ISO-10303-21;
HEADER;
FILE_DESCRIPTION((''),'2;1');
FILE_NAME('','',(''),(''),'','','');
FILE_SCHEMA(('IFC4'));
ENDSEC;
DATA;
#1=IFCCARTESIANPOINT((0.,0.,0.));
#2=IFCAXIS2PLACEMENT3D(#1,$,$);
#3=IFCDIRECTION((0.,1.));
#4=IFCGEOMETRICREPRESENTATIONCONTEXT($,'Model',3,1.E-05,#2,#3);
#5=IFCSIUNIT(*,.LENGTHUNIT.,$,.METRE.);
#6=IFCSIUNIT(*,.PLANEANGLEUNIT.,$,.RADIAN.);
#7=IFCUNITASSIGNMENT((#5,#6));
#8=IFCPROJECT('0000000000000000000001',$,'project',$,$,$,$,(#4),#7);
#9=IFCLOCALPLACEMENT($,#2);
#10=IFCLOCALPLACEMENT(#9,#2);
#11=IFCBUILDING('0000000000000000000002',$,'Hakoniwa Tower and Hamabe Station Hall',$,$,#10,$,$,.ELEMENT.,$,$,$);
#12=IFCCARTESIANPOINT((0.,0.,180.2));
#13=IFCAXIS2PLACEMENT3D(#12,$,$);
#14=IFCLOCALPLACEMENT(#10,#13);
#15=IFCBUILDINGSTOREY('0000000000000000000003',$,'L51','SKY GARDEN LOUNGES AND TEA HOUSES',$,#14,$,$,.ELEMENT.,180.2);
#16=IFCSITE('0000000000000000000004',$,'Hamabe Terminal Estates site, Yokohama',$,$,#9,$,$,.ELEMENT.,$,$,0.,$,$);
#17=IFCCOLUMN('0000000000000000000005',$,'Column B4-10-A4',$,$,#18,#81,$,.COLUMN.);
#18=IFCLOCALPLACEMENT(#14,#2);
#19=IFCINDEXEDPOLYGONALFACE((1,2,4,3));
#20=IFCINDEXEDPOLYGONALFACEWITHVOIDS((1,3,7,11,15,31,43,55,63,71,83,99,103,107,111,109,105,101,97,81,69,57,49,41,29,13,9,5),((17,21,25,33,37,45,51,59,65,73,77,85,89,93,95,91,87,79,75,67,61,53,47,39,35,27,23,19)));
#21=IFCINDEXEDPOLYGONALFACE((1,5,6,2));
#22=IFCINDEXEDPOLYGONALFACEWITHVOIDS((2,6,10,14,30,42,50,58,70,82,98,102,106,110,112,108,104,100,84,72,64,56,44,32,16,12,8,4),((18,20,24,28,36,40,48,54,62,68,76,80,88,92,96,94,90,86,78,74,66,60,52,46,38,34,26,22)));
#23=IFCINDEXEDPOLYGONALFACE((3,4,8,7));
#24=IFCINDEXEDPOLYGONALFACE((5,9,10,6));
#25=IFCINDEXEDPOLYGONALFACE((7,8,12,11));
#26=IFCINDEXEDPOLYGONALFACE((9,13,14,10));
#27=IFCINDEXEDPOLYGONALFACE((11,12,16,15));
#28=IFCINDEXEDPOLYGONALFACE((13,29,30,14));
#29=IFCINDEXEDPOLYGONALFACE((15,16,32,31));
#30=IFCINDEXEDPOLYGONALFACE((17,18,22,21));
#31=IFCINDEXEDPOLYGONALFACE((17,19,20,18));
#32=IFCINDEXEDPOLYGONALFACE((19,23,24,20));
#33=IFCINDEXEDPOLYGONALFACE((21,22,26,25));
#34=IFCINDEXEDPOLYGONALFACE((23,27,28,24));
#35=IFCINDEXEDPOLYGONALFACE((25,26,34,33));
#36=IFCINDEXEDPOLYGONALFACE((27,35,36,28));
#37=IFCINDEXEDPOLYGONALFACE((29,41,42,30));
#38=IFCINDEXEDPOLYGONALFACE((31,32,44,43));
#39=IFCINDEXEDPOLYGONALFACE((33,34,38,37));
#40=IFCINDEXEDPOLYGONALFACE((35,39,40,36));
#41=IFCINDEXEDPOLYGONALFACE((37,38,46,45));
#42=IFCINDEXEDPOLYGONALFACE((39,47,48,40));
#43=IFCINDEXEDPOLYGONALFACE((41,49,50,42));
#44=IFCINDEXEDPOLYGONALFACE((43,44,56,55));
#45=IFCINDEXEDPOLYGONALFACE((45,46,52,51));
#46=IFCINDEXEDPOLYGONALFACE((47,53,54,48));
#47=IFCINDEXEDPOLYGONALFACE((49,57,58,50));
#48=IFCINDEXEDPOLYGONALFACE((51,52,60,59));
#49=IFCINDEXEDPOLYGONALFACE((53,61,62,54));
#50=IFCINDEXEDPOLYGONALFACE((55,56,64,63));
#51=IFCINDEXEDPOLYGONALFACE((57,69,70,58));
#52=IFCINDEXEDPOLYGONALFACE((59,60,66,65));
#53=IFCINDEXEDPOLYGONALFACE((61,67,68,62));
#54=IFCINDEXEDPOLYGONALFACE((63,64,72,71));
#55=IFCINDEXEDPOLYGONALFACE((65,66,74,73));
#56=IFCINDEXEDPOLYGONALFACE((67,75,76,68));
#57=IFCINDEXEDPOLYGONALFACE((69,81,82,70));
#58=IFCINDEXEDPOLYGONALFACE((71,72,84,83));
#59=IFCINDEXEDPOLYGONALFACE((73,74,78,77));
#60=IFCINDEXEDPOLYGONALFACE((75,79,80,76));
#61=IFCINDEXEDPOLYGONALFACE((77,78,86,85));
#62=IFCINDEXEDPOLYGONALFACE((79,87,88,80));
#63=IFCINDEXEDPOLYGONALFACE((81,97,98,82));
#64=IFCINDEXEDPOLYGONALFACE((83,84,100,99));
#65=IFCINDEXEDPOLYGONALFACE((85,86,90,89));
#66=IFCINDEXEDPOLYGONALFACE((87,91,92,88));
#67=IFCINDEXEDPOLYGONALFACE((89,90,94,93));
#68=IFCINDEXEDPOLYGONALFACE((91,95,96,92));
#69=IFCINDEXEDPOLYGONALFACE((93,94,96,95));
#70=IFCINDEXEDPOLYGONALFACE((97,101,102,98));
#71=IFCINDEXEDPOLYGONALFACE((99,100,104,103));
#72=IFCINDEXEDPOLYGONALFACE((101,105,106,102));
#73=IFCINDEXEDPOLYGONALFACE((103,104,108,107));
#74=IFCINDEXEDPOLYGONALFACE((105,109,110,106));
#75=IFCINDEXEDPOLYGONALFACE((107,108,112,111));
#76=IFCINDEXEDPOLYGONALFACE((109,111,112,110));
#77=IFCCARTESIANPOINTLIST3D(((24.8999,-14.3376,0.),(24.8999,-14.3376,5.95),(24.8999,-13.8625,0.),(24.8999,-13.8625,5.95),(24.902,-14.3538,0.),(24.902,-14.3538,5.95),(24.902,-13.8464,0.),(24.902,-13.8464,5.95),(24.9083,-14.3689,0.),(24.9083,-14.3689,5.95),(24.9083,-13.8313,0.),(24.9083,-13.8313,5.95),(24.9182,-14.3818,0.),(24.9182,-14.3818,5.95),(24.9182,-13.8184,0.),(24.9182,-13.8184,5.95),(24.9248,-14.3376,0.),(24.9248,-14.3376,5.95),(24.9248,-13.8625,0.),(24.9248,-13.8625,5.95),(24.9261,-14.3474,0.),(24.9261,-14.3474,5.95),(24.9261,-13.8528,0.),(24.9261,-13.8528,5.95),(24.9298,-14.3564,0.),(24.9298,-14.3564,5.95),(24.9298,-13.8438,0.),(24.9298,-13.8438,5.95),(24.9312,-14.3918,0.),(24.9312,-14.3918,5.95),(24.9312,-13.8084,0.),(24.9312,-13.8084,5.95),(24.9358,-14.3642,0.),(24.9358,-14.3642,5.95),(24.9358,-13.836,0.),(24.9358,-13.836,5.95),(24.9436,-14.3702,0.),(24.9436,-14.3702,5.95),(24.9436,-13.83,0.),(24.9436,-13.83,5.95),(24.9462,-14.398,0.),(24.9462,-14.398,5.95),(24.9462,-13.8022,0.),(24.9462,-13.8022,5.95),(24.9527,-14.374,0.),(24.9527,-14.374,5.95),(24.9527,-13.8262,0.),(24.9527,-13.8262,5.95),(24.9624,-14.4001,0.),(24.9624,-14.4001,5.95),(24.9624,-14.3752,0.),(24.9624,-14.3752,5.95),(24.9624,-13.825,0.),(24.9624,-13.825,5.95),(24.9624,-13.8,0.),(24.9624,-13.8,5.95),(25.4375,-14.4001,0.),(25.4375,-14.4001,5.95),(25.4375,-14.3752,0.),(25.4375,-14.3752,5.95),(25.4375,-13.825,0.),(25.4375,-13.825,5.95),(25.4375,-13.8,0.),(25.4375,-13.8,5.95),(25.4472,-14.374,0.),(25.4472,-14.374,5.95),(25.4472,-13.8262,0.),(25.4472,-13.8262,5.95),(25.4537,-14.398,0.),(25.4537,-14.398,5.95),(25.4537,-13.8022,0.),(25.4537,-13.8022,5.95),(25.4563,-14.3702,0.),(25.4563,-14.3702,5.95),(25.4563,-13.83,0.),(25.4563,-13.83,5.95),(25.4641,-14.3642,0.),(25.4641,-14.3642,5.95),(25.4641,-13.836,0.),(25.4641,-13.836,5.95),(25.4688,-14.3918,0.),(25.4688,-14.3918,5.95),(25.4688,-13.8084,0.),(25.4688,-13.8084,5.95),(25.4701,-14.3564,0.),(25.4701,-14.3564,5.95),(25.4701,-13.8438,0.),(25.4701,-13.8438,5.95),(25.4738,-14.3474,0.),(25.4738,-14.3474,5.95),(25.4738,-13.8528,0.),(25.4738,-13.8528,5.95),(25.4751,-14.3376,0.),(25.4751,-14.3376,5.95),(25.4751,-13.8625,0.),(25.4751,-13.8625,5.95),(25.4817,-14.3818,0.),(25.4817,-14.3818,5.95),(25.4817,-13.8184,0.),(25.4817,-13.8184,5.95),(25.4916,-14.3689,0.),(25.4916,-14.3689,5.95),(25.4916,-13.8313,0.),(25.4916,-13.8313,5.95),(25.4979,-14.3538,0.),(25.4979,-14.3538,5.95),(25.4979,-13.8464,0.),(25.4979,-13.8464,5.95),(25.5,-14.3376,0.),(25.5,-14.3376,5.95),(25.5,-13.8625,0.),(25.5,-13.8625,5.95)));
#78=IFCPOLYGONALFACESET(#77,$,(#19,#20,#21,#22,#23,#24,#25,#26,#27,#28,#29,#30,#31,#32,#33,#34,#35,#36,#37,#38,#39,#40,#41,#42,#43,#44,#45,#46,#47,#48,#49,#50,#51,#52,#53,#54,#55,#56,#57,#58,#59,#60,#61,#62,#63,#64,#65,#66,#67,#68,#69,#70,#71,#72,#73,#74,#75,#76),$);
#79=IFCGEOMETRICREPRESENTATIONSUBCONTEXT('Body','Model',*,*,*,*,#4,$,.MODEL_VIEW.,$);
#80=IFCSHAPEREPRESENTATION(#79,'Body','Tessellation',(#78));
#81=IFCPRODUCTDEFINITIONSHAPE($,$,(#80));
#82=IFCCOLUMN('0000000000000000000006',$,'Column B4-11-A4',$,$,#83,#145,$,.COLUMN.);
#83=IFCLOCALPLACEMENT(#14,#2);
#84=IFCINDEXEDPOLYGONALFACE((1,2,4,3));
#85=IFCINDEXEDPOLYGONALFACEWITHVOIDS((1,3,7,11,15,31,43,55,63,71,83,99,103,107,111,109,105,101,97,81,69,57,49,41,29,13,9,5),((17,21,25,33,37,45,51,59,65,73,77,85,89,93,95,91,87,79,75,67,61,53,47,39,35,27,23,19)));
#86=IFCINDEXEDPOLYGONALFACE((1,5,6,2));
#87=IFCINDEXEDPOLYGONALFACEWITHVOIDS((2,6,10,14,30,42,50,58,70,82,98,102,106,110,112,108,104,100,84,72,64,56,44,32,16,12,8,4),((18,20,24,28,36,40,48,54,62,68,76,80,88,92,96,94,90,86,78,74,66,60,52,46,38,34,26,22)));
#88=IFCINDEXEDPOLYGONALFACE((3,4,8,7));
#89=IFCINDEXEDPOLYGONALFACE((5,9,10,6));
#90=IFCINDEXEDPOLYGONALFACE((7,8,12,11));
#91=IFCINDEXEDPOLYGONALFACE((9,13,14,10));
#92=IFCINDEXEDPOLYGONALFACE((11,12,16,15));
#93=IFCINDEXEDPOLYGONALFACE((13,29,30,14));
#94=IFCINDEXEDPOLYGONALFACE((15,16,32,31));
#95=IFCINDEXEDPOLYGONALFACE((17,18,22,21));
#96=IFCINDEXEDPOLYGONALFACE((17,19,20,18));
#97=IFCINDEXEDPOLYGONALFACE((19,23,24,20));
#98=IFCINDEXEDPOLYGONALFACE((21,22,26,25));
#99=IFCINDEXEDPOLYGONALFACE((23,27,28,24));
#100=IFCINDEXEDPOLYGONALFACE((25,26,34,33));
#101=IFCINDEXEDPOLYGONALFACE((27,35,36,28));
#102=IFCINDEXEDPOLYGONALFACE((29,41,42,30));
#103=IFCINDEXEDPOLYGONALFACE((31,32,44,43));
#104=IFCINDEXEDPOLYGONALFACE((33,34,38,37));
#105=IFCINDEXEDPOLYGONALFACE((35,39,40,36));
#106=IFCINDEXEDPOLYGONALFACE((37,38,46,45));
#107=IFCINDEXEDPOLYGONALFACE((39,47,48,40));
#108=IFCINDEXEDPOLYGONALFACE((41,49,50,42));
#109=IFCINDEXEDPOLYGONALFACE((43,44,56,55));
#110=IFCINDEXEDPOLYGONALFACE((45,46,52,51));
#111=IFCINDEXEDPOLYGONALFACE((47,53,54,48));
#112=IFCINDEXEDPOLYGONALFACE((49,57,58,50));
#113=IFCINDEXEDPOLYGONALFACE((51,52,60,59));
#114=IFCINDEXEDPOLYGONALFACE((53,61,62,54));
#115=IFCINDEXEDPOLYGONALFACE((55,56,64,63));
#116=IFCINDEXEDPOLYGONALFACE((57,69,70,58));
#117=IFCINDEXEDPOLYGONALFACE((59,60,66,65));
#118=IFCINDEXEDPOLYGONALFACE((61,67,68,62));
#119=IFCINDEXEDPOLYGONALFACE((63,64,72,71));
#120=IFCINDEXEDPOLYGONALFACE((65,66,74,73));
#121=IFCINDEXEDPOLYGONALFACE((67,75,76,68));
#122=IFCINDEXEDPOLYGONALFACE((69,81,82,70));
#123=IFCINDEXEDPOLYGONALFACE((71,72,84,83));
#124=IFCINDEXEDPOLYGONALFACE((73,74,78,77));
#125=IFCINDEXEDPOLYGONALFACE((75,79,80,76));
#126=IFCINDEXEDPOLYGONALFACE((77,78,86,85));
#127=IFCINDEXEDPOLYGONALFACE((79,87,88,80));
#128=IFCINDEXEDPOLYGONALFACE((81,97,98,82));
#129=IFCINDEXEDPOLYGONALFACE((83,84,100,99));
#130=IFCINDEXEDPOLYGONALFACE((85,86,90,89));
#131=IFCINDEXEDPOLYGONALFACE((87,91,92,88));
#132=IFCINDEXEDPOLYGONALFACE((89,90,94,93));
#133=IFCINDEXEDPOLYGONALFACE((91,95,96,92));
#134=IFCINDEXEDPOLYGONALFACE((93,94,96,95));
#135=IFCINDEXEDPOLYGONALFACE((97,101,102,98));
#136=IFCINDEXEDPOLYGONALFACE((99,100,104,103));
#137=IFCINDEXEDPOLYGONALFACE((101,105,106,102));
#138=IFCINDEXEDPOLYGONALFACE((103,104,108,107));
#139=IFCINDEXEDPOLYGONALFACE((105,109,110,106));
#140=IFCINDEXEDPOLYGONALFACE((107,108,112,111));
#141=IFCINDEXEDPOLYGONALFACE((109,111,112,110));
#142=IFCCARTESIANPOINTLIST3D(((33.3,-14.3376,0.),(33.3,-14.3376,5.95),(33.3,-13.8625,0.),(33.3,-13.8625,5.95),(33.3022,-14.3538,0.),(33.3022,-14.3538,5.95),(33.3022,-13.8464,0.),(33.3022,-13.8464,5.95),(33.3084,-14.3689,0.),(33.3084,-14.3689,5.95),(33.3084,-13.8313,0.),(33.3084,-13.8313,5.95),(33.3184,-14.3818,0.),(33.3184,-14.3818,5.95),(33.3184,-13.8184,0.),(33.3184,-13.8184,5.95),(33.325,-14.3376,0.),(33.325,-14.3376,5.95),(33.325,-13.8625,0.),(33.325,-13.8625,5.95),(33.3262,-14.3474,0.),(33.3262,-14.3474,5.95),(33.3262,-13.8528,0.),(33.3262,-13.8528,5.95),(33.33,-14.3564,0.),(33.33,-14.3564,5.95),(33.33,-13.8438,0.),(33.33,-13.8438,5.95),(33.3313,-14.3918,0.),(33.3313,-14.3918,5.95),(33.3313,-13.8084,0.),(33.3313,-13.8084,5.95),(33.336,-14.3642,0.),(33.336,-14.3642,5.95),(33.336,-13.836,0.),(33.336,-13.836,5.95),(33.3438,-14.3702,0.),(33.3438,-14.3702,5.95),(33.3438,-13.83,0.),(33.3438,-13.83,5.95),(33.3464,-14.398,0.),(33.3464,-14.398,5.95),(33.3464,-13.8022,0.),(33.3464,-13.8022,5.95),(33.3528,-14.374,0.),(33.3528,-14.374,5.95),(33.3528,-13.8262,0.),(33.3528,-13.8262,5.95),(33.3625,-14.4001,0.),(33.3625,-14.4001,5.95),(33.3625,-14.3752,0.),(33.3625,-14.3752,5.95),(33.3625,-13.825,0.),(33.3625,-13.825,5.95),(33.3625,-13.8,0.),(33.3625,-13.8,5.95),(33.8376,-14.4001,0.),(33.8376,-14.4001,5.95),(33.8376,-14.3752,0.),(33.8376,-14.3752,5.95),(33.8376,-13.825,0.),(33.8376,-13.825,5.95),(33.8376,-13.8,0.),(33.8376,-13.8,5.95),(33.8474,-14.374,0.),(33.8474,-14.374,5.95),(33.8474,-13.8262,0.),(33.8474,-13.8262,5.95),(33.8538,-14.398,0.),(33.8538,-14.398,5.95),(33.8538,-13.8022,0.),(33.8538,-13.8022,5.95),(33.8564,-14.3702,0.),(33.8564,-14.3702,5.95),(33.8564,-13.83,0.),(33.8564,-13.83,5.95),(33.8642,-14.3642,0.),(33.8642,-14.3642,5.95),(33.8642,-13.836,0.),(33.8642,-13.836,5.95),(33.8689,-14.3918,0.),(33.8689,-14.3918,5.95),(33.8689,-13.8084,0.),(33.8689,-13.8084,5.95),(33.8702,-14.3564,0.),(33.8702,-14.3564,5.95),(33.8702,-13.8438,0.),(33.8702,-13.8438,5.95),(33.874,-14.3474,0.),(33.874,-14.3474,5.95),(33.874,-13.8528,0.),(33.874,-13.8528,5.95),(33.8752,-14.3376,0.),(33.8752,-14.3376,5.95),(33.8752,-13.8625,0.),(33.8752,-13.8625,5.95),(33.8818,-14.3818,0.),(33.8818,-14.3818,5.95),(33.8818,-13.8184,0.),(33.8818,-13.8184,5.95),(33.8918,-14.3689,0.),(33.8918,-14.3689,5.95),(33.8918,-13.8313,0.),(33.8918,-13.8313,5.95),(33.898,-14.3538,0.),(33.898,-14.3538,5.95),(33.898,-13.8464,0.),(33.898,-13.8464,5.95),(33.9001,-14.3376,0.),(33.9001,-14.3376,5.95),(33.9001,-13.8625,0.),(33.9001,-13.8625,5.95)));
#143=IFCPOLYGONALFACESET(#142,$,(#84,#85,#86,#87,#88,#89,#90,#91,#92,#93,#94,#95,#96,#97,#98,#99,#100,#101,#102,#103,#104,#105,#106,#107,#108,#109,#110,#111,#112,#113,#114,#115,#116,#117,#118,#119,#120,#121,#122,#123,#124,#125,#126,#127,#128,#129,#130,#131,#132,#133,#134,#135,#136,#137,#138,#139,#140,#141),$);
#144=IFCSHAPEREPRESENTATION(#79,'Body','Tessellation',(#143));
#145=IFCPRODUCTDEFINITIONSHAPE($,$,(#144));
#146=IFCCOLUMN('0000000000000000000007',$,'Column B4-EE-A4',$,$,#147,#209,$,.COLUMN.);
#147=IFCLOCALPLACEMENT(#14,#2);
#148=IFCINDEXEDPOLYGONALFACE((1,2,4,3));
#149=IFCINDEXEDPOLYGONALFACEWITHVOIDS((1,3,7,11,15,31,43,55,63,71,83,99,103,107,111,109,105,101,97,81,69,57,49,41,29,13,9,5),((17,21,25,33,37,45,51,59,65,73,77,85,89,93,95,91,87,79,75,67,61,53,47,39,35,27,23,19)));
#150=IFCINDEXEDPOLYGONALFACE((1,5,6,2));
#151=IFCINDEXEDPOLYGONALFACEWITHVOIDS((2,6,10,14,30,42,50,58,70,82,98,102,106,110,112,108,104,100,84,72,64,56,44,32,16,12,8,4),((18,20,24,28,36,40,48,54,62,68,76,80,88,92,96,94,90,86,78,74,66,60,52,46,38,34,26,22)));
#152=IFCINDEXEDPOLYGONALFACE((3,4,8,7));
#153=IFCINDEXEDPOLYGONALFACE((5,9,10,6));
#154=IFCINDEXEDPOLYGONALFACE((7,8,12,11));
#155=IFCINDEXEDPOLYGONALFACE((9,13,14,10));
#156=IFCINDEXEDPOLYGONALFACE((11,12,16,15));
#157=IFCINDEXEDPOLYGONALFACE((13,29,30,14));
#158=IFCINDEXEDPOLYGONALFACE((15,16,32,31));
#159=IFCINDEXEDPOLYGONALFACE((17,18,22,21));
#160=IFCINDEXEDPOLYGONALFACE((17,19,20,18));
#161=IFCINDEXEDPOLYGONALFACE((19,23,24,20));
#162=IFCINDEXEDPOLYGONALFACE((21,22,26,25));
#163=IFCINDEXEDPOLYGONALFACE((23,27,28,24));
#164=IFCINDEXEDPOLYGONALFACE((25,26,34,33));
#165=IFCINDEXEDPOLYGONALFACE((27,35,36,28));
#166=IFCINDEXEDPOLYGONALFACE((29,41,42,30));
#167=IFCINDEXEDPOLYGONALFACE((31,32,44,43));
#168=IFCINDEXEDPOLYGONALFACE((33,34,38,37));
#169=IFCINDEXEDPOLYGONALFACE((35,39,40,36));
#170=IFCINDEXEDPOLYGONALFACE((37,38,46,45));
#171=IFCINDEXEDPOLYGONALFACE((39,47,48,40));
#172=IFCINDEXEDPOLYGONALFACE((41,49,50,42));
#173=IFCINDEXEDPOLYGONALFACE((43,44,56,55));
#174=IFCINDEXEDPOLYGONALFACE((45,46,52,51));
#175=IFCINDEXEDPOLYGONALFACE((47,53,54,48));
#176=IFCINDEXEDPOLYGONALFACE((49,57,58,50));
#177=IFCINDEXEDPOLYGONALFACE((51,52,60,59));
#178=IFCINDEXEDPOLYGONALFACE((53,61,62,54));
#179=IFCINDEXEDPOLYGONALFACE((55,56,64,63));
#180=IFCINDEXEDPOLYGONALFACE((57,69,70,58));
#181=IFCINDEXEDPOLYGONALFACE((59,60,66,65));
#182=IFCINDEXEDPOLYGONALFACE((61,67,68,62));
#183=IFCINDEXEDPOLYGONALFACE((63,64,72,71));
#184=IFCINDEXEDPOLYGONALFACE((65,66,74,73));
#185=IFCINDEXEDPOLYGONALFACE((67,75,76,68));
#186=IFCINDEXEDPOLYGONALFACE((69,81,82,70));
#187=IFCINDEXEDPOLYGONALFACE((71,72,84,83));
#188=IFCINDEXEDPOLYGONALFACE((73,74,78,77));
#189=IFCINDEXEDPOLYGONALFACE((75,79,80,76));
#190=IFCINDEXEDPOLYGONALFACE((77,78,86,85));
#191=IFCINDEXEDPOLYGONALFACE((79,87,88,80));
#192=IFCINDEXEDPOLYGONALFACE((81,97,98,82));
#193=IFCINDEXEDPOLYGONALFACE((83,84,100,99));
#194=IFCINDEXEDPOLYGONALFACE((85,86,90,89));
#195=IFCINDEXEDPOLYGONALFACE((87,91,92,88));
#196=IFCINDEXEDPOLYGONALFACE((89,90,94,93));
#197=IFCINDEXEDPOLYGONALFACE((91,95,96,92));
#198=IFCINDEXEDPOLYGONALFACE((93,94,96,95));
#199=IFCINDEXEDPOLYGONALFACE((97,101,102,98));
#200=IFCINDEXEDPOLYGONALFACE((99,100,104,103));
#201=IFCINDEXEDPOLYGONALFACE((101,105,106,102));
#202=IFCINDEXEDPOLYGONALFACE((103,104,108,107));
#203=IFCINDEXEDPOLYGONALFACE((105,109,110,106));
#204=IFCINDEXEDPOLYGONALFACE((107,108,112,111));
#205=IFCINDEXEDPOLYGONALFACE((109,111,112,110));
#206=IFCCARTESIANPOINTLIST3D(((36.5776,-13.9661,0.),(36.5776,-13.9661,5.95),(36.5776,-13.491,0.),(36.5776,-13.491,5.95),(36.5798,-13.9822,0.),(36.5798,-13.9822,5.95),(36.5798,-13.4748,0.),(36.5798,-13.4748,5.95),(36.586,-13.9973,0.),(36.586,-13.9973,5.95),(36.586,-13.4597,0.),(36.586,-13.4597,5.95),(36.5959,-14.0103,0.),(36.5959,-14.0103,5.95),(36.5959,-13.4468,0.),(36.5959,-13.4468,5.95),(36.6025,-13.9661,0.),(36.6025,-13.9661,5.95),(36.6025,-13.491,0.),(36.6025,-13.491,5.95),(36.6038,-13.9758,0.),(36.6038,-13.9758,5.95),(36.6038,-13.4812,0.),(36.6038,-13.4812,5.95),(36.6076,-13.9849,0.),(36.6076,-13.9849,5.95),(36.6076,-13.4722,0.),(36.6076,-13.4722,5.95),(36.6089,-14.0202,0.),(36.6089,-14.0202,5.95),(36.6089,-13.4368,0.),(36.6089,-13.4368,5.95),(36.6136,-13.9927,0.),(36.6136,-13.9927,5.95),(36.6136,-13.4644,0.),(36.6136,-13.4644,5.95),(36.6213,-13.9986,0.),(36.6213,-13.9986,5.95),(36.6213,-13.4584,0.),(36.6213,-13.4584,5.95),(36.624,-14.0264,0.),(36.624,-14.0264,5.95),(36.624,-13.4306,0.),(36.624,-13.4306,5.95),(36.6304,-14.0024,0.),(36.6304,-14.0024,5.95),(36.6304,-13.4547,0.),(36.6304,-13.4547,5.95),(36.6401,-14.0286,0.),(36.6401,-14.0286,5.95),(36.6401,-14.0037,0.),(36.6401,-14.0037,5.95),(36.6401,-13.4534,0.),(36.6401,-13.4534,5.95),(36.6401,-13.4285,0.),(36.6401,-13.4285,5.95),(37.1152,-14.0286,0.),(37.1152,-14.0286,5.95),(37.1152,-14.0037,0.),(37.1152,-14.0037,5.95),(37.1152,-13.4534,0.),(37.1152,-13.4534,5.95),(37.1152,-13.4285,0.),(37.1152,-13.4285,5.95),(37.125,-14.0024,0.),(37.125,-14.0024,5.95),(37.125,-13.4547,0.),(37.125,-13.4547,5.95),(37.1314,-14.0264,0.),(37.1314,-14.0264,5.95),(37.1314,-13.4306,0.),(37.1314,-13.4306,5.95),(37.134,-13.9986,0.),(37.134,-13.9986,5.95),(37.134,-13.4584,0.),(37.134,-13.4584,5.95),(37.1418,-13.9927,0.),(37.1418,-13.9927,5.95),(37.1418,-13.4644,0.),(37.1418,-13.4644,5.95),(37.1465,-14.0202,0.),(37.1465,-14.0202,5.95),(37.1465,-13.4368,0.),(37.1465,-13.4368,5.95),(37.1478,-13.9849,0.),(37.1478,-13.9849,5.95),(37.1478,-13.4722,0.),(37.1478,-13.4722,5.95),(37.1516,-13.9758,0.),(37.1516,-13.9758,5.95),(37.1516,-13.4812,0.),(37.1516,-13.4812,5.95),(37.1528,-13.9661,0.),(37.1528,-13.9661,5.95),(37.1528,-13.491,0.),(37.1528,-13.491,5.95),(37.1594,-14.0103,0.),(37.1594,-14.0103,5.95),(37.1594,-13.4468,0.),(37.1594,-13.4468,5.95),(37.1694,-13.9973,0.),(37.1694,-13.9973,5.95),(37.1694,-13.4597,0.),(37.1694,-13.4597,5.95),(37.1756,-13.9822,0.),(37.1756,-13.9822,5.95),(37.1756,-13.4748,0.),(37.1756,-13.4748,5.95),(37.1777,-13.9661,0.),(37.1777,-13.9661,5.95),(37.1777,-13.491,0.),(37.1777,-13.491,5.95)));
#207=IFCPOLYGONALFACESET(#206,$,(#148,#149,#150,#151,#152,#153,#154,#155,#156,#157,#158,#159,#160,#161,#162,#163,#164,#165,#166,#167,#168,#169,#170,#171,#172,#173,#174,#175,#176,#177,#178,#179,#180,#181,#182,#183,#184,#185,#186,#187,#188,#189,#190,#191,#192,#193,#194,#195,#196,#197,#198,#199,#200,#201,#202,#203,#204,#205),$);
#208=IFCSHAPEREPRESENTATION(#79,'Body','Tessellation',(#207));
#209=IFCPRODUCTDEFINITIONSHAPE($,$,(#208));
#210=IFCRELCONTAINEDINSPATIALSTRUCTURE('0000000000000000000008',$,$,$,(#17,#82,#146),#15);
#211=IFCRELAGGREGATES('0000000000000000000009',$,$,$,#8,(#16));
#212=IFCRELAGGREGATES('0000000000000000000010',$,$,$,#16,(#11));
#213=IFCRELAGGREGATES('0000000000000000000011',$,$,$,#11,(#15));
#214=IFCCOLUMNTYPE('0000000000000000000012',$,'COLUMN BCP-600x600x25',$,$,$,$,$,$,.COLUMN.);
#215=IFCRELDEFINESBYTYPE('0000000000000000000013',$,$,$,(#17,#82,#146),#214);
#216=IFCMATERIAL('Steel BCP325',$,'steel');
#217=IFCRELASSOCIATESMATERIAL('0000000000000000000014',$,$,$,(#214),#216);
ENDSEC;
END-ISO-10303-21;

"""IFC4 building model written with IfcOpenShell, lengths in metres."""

from ifc_helpers import new_model, si_unit, direction, frame, origin, origin_2d, place, context, subcontext, project, spatial, hollow_rectangle, extrude, material, material_profile, profile_set, type_object, element, save


model = new_model("IFC4")

# Units and contexts
model_context = context("Model", 3, precision=1e-05, world=origin(), true_north=direction((0.0, 1.0)))
body_context = subcontext(model_context, "Body", "Model", "MODEL_VIEW")
ifc_project = project(units=[si_unit("LENGTHUNIT", "METRE"), si_unit("PLANEANGLEUNIT", "RADIAN")], contexts=[model_context])

# Site, building, storey
site_placement = place(None, origin())
site = spatial("IfcSite", under=ifc_project, at=site_placement, Name="Hamabe Terminal Estates site, Yokohama", CompositionType="ELEMENT", RefElevation=0.0)
building_placement = place(site_placement, origin())
building = spatial("IfcBuilding", under=site, at=building_placement, Name="Hakoniwa Tower and Hamabe Station Hall", CompositionType="ELEMENT")
storey_placement = place(building_placement, frame((0.0, 0.0, 180.2)))
storey = spatial("IfcBuildingStorey", under=building, at=storey_placement, Name="L51", Description="SKY GARDEN LOUNGES AND TEA HOUSES", CompositionType="ELEMENT", Elevation=180.2)

# Columns
ifc_material_1 = material(Name="Steel BCP325", Category="steel")
ifc_material_profile_1 = material_profile(ifc_material_1, hollow_rectangle(XDim=0.6001, YDim=0.6001, WallThickness=0.0249, InnerFilletRadius=0.0376, OuterFilletRadius=0.0625, at=origin_2d()), Name="BCP-600x600x25")
ifc_profile_set_1 = profile_set([ifc_material_profile_1], Name="Steel BCP325")
column_type = type_object("IfcColumnType", Name="COLUMN BCP-600x600x25", PredefinedType="COLUMN", material=ifc_profile_set_1)
for number, where, z_axis, x_axis, name in (
    (1, (25.2, -14.1001, 0.0), (0.0, 0.0, 1.0), (1.0, 0.0, 0.0), "Column B4-10-A4"),
    (2, (33.6001, -14.1001, 0.0), (0.0, 0.0, 1.0), (1.0, 0.0, 0.0), "Column B4-11-A4"),
    (3, (36.8777, -13.7285, 0.0), (0.0, 0.0, 1.0), (1.0, 0.0, 0.0), "Column B4-EE-A4"),
):
    element("IfcColumn", number, at=place(storey_placement, frame(where, z_axis=z_axis, x_axis=x_axis)), inside=storey, type_object=column_type, Name=name, PredefinedType="COLUMN", context=body_context, shape_type="SweptSolid", body=[
        extrude(hollow_rectangle(XDim=0.6001, YDim=0.6001, WallThickness=0.0249, InnerFilletRadius=0.0376, OuterFilletRadius=0.0625, at=origin_2d()), origin(), (0.0, 0.0, 1.0), 5.95),
    ])

save(model, "model.ifc")
